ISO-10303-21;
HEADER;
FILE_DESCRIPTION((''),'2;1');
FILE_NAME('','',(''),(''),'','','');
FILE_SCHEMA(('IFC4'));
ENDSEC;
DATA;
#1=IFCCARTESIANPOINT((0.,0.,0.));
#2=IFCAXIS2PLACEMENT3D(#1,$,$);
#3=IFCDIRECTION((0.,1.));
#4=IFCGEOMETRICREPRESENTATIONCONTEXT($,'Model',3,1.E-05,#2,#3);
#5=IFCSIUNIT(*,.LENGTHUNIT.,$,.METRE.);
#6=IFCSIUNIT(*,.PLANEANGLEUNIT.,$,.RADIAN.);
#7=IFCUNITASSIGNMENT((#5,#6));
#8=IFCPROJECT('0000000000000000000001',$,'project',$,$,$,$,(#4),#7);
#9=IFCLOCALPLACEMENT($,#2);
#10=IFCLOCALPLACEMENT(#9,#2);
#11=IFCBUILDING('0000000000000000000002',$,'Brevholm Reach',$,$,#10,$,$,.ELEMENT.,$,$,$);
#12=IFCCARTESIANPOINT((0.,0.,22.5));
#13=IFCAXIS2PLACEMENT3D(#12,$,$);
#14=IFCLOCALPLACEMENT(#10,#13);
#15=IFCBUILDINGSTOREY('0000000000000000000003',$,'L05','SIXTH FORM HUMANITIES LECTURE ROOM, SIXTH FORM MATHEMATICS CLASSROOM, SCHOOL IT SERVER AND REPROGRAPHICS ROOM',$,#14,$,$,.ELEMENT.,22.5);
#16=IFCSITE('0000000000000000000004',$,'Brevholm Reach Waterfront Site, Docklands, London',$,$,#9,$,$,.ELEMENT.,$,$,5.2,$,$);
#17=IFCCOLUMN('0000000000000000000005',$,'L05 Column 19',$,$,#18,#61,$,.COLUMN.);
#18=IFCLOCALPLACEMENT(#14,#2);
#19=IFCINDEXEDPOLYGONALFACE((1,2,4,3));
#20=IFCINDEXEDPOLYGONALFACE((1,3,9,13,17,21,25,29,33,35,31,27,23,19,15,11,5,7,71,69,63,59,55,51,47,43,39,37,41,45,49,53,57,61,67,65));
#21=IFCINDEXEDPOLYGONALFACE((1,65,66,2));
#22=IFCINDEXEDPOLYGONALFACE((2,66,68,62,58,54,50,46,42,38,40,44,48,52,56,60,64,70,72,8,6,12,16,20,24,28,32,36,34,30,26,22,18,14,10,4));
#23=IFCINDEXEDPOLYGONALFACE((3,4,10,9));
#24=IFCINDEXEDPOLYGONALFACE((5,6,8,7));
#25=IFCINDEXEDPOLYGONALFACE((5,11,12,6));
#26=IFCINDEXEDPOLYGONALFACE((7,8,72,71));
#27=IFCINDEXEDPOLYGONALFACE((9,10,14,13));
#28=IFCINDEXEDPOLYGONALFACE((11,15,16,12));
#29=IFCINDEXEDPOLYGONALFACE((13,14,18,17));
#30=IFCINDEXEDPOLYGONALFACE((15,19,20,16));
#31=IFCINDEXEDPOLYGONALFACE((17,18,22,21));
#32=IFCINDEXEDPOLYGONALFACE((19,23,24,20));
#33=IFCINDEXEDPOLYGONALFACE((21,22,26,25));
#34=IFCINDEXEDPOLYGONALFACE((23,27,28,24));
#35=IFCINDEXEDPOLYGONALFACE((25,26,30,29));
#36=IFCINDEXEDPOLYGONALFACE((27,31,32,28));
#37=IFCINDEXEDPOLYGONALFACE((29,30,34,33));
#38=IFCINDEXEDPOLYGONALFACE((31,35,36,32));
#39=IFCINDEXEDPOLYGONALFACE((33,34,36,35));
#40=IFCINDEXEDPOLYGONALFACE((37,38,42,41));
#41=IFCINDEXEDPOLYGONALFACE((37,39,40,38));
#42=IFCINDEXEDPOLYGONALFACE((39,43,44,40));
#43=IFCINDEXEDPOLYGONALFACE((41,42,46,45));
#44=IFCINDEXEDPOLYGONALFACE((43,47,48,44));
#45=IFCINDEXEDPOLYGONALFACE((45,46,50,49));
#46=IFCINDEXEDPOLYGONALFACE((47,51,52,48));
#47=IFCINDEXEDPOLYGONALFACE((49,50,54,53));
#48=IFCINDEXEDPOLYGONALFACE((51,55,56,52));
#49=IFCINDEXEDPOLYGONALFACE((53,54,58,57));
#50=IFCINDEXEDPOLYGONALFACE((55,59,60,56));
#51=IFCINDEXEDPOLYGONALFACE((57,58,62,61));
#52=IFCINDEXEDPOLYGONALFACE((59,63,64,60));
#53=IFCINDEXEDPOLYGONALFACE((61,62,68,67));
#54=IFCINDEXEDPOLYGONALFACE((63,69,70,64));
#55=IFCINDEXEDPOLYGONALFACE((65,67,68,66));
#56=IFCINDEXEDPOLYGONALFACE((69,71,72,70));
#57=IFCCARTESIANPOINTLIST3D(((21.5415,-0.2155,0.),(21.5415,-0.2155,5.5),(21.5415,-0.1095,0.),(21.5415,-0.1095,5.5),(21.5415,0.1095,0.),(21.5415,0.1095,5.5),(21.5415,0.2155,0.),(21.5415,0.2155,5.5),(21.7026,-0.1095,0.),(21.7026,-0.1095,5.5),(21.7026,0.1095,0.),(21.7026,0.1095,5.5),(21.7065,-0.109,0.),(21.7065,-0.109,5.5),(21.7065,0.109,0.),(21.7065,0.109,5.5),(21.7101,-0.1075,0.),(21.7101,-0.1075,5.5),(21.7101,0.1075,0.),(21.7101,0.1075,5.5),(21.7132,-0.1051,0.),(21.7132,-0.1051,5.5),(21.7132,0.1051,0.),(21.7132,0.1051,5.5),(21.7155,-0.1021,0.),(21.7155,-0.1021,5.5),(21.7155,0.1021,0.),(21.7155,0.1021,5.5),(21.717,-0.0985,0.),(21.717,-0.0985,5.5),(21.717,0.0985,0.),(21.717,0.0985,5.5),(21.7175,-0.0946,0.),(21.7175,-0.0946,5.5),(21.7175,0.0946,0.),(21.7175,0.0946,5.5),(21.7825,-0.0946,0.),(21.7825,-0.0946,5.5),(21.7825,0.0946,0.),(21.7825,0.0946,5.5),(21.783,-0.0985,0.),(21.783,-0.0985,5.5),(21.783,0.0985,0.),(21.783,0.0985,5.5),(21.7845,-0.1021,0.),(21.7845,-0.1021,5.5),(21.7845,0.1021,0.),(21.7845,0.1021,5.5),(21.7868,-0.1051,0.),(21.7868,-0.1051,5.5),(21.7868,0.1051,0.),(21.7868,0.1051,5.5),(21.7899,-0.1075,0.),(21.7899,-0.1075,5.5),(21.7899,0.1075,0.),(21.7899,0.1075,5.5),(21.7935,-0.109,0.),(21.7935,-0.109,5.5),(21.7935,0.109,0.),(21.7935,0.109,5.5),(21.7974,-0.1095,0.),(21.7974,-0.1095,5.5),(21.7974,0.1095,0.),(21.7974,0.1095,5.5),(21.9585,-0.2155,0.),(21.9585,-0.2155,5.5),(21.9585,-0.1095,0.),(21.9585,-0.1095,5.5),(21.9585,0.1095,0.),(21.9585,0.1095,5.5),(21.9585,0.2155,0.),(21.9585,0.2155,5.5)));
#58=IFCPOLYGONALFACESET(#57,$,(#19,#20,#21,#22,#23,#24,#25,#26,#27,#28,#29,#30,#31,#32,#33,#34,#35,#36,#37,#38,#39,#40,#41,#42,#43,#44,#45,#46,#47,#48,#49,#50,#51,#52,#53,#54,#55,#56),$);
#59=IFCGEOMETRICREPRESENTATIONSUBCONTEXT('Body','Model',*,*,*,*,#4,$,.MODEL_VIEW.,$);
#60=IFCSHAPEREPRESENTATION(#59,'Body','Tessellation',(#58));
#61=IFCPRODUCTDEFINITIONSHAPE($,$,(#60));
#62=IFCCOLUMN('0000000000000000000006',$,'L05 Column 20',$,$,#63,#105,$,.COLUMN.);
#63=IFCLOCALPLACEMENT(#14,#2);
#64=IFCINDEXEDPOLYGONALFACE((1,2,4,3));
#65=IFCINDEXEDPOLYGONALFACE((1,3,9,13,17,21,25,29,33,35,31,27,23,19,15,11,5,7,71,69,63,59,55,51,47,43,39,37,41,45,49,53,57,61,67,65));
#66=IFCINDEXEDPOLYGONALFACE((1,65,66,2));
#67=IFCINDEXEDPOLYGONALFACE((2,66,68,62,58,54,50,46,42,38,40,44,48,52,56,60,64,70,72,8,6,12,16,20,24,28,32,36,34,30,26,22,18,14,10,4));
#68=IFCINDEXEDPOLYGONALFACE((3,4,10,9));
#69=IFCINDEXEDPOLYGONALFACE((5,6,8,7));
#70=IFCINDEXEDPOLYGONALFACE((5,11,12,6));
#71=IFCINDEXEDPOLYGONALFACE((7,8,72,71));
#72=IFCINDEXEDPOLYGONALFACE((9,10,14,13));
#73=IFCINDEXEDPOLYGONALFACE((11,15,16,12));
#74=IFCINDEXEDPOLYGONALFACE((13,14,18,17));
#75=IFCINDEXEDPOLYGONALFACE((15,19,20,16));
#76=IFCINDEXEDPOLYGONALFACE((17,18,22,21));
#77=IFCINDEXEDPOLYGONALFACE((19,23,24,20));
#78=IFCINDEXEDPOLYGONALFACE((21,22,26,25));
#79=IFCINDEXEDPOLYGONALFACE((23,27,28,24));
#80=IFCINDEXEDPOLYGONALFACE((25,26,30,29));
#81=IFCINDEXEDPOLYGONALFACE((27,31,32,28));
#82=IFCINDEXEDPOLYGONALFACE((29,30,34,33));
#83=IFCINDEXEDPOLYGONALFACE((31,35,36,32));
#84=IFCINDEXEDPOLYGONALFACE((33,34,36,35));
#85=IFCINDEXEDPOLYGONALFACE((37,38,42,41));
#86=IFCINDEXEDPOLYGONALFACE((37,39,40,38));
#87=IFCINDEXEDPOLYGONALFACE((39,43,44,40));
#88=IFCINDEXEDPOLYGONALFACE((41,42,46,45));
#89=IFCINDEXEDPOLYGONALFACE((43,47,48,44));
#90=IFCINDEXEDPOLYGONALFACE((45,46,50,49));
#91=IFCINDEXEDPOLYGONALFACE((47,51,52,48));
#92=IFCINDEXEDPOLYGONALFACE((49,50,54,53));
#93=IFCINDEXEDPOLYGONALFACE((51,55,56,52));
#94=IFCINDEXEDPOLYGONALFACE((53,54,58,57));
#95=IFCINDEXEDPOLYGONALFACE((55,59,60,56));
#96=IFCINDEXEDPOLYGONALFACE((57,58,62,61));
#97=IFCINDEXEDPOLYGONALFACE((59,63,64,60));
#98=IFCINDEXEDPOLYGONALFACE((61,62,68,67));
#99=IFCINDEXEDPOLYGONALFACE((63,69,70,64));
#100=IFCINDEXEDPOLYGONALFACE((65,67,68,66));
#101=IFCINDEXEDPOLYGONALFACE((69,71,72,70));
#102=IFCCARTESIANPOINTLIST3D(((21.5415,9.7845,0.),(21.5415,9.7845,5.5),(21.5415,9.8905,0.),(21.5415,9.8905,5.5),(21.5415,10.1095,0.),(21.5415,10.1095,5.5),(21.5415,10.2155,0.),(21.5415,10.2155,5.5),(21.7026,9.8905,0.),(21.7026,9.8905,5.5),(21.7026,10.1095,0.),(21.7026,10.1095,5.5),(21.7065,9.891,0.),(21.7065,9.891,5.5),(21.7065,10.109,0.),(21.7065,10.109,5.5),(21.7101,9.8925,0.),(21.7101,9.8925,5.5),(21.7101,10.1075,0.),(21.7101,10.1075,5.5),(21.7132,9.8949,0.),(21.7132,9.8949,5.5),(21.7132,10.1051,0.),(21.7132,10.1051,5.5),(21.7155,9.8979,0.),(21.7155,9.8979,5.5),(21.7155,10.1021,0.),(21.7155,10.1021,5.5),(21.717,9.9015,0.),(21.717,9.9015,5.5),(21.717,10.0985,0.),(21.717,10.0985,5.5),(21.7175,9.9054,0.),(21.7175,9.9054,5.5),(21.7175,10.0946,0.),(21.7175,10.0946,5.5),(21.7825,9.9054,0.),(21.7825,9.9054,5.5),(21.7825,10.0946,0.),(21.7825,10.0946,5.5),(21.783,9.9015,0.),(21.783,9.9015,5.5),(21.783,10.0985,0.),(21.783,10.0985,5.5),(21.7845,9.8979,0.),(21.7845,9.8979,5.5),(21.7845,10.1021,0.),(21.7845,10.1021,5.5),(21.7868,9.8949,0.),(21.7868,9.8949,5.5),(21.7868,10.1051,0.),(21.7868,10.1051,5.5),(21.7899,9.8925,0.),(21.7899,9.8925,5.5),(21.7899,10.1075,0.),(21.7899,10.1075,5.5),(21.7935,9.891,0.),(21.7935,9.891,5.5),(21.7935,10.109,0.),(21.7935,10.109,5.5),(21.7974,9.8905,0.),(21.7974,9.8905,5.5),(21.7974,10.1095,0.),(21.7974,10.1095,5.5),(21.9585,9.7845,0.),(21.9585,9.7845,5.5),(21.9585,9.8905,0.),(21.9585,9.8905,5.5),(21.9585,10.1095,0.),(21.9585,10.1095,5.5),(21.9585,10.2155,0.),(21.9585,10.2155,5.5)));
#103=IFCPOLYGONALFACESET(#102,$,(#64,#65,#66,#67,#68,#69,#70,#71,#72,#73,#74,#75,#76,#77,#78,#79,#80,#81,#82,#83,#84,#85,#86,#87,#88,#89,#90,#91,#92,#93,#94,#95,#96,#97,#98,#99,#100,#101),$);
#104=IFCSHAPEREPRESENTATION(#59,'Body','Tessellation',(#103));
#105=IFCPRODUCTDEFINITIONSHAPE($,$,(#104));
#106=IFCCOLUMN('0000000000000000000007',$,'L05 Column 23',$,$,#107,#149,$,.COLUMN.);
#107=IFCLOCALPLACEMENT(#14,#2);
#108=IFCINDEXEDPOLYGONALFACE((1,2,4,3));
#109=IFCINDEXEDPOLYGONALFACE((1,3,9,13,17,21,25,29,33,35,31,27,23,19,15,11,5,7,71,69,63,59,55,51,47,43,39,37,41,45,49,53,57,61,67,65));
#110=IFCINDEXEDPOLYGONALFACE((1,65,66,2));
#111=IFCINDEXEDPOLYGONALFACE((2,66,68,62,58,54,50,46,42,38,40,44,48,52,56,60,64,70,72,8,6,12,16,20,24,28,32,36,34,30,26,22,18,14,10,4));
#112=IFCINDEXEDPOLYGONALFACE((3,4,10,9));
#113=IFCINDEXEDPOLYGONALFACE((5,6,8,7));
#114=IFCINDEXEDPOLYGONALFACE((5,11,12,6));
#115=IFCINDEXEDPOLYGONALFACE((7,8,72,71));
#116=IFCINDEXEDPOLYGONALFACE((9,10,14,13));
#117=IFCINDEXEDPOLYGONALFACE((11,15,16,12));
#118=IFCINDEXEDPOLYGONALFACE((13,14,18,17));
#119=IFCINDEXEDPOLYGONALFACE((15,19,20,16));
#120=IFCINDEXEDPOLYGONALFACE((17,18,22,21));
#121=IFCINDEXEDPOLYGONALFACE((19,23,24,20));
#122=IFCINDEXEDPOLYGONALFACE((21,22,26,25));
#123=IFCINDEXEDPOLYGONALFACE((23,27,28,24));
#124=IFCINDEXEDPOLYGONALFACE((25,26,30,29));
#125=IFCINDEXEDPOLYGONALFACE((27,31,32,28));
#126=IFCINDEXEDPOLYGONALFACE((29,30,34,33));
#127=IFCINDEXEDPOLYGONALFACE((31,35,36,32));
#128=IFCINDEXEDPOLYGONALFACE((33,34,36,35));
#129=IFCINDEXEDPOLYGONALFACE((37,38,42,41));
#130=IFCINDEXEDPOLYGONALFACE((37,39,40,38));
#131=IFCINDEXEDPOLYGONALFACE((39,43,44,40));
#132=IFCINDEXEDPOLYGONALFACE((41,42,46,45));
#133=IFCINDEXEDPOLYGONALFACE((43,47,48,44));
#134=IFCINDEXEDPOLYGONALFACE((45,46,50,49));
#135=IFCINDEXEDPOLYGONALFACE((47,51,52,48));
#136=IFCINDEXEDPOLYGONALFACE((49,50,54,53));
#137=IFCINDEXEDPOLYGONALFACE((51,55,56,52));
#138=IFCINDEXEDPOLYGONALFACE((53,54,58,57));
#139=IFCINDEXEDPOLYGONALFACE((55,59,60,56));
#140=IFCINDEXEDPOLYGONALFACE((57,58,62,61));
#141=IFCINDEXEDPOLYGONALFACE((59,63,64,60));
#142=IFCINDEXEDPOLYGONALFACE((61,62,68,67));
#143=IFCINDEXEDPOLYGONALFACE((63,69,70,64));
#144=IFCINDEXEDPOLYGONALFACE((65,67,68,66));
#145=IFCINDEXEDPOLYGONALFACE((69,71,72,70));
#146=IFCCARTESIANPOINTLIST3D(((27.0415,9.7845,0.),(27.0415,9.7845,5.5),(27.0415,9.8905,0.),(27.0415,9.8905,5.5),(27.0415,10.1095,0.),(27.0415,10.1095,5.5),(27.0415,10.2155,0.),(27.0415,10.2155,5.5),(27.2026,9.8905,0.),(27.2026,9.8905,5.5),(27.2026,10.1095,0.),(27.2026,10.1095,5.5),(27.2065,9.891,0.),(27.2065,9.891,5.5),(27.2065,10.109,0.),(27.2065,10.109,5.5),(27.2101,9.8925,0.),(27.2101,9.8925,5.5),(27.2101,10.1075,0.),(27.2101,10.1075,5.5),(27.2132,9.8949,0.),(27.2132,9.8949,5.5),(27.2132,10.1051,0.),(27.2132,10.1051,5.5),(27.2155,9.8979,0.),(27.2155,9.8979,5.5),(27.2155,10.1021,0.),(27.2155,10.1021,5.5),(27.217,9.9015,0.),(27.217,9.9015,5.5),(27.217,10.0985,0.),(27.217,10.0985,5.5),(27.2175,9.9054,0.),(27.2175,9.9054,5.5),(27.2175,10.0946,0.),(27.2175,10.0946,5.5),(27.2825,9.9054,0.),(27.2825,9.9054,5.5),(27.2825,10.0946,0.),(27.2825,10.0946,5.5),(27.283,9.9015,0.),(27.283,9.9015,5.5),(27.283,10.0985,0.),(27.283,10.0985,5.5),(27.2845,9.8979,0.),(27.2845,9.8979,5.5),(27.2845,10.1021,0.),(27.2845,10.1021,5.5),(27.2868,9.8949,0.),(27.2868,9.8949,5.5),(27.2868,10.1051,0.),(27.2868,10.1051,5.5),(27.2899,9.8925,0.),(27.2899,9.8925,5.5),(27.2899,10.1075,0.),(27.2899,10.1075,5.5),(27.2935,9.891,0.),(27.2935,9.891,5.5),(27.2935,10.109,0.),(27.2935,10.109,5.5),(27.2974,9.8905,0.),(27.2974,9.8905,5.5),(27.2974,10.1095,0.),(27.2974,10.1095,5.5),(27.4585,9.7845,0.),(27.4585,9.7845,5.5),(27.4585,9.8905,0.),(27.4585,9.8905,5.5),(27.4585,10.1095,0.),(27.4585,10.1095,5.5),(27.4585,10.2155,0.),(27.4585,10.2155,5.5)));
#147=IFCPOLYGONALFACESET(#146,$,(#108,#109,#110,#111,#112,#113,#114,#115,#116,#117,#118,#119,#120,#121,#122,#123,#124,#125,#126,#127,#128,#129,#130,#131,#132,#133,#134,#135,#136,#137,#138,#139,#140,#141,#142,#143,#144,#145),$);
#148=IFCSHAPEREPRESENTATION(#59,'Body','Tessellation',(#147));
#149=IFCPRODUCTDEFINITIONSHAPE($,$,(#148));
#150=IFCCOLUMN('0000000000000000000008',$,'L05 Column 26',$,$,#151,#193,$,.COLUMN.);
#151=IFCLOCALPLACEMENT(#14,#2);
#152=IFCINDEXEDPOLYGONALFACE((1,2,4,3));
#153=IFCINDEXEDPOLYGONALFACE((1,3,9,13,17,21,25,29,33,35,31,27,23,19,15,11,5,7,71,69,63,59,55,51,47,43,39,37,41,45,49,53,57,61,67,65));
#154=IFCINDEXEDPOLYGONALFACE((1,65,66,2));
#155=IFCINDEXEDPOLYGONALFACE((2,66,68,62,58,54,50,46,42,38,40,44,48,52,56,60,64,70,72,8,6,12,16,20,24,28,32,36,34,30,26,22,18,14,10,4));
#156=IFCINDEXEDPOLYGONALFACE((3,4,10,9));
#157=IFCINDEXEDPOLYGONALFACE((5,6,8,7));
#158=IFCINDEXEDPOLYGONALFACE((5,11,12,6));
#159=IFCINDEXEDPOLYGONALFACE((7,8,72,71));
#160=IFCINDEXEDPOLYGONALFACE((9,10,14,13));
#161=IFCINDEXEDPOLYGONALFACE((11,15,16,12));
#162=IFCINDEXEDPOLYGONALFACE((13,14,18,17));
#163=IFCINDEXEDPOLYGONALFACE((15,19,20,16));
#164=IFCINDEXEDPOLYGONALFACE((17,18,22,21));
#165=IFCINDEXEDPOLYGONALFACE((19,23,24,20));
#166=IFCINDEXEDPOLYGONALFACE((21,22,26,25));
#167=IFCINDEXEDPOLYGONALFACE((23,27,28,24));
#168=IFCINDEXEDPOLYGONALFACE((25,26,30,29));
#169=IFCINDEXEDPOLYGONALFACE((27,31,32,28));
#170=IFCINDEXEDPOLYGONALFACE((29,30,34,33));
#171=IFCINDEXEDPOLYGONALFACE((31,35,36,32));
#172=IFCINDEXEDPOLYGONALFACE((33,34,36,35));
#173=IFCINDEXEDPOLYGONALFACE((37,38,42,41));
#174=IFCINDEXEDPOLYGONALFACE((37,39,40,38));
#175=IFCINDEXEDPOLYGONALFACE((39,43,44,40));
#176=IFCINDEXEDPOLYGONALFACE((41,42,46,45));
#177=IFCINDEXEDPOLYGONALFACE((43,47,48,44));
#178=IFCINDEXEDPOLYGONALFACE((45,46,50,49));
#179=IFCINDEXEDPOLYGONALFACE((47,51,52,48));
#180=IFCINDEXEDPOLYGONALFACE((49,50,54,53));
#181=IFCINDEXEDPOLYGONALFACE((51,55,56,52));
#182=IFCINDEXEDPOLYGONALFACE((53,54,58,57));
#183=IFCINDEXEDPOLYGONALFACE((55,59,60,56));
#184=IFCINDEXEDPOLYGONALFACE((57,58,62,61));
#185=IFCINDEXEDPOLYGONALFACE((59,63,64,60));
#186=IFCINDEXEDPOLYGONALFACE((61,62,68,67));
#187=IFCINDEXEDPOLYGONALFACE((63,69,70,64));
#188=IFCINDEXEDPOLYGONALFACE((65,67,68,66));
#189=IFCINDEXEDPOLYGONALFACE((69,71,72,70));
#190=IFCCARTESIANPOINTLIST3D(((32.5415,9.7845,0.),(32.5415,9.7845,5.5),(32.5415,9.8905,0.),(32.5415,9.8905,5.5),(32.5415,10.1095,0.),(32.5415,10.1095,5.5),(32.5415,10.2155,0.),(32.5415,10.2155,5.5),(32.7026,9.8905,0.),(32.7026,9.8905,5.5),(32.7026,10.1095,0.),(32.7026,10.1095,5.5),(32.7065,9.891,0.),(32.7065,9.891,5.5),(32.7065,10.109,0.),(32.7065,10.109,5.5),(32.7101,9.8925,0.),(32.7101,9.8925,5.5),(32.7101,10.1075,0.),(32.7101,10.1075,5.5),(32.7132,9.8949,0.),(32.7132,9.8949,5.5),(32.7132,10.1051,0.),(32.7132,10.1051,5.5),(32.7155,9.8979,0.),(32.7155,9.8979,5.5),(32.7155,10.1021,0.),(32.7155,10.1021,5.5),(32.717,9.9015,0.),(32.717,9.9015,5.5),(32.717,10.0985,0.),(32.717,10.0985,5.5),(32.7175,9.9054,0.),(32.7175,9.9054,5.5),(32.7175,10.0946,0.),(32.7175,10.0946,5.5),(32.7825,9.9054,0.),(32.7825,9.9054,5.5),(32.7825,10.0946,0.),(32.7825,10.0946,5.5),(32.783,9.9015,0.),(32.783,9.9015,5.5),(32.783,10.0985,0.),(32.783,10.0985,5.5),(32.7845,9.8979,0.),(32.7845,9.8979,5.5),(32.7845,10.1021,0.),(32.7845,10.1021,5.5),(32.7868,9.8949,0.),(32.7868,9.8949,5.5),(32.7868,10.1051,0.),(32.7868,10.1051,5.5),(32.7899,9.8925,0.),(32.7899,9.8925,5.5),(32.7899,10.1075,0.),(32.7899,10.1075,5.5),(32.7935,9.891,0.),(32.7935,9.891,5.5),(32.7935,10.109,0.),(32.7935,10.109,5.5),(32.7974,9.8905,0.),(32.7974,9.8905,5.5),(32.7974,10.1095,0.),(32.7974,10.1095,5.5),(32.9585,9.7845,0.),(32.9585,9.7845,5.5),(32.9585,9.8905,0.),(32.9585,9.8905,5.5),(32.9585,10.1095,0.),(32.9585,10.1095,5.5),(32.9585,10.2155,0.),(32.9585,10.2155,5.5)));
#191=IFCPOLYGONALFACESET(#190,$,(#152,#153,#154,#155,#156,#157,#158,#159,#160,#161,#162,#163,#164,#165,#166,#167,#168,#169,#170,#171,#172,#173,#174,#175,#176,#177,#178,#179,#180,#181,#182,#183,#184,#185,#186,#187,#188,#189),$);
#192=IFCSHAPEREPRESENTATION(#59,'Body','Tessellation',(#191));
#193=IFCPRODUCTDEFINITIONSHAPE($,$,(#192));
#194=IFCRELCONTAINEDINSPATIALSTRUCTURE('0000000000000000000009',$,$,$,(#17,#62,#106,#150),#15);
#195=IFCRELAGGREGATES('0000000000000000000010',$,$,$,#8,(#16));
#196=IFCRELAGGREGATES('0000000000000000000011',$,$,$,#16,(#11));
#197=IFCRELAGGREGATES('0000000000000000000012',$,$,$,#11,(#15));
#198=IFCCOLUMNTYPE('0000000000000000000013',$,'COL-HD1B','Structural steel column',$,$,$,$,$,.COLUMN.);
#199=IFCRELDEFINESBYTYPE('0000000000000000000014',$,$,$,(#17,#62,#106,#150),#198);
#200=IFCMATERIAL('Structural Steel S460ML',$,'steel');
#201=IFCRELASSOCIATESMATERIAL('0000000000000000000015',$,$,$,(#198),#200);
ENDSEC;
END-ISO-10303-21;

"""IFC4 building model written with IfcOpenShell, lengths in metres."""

from ifc_helpers import new_model, si_unit, direction, frame, origin, origin_2d, place, context, subcontext, project, spatial, i_section, extrude, material, material_profile, profile_set, type_object, element, save


model = new_model("IFC4")

# Units and contexts
model_context = context("Model", 3, precision=1e-05, world=origin(), true_north=direction((0.0, 1.0)))
body_context = subcontext(model_context, "Body", "Model", "MODEL_VIEW")
ifc_project = project(units=[si_unit("LENGTHUNIT", "METRE"), si_unit("PLANEANGLEUNIT", "RADIAN")], contexts=[model_context])

# Site, building, storey
site_placement = place(None, origin())
site = spatial("IfcSite", under=ifc_project, at=site_placement, Name="Brevholm Reach Waterfront Site, Docklands, London", CompositionType="ELEMENT", RefElevation=5.2)
building_placement = place(site_placement, origin())
building = spatial("IfcBuilding", under=site, at=building_placement, Name="Brevholm Reach", CompositionType="ELEMENT")
storey_placement = place(building_placement, frame((0.0, 0.0, 22.5)))
storey = spatial("IfcBuildingStorey", under=building, at=storey_placement, Name="L05", Description="SIXTH FORM HUMANITIES LECTURE ROOM, SIXTH FORM MATHEMATICS CLASSROOM, SCHOOL IT SERVER AND REPROGRAPHICS ROOM", CompositionType="ELEMENT", Elevation=22.5)

# Columns
ifc_material_1 = material(Name="Structural Steel S460ML", Category="steel")
ifc_material_profile_1 = material_profile(ifc_material_1, i_section(OverallWidth=0.417, OverallDepth=0.4309, WebThickness=0.0649, FlangeThickness=0.106, FilletRadius=0.0149, at=origin_2d()), Name="HD 400x900")
ifc_profile_set_1 = profile_set([ifc_material_profile_1], Name="Structural Steel S460ML")
column_type = type_object("IfcColumnType", Name="COL-HD1B", Description="Structural steel column", PredefinedType="COLUMN", material=ifc_profile_set_1)
for number, where, z_axis, x_axis, name in (
    (1, (21.75, 0.0, 0.0), (0.0, 0.0, 1.0), (1.0, 0.0, 0.0), "L05 Column 19"),
    (2, (21.75, 10.0, 0.0), (0.0, 0.0, 1.0), (1.0, 0.0, 0.0), "L05 Column 20"),
    (3, (27.25, 10.0, 0.0), (0.0, 0.0, 1.0), (1.0, 0.0, 0.0), "L05 Column 23"),
    (4, (32.75, 10.0, 0.0), (0.0, 0.0, 1.0), (1.0, 0.0, 0.0), "L05 Column 26"),
):
    element("IfcColumn", number, at=place(storey_placement, frame(where, z_axis=z_axis, x_axis=x_axis)), inside=storey, type_object=column_type, Name=name, PredefinedType="COLUMN", context=body_context, shape_type="SweptSolid", body=[
        extrude(i_section(OverallWidth=0.417, OverallDepth=0.4309, WebThickness=0.0649, FlangeThickness=0.106, FilletRadius=0.0149, at=origin_2d()), origin(), (0.0, 0.0, 1.0), 5.5),
    ])

save(model, "model.ifc")
